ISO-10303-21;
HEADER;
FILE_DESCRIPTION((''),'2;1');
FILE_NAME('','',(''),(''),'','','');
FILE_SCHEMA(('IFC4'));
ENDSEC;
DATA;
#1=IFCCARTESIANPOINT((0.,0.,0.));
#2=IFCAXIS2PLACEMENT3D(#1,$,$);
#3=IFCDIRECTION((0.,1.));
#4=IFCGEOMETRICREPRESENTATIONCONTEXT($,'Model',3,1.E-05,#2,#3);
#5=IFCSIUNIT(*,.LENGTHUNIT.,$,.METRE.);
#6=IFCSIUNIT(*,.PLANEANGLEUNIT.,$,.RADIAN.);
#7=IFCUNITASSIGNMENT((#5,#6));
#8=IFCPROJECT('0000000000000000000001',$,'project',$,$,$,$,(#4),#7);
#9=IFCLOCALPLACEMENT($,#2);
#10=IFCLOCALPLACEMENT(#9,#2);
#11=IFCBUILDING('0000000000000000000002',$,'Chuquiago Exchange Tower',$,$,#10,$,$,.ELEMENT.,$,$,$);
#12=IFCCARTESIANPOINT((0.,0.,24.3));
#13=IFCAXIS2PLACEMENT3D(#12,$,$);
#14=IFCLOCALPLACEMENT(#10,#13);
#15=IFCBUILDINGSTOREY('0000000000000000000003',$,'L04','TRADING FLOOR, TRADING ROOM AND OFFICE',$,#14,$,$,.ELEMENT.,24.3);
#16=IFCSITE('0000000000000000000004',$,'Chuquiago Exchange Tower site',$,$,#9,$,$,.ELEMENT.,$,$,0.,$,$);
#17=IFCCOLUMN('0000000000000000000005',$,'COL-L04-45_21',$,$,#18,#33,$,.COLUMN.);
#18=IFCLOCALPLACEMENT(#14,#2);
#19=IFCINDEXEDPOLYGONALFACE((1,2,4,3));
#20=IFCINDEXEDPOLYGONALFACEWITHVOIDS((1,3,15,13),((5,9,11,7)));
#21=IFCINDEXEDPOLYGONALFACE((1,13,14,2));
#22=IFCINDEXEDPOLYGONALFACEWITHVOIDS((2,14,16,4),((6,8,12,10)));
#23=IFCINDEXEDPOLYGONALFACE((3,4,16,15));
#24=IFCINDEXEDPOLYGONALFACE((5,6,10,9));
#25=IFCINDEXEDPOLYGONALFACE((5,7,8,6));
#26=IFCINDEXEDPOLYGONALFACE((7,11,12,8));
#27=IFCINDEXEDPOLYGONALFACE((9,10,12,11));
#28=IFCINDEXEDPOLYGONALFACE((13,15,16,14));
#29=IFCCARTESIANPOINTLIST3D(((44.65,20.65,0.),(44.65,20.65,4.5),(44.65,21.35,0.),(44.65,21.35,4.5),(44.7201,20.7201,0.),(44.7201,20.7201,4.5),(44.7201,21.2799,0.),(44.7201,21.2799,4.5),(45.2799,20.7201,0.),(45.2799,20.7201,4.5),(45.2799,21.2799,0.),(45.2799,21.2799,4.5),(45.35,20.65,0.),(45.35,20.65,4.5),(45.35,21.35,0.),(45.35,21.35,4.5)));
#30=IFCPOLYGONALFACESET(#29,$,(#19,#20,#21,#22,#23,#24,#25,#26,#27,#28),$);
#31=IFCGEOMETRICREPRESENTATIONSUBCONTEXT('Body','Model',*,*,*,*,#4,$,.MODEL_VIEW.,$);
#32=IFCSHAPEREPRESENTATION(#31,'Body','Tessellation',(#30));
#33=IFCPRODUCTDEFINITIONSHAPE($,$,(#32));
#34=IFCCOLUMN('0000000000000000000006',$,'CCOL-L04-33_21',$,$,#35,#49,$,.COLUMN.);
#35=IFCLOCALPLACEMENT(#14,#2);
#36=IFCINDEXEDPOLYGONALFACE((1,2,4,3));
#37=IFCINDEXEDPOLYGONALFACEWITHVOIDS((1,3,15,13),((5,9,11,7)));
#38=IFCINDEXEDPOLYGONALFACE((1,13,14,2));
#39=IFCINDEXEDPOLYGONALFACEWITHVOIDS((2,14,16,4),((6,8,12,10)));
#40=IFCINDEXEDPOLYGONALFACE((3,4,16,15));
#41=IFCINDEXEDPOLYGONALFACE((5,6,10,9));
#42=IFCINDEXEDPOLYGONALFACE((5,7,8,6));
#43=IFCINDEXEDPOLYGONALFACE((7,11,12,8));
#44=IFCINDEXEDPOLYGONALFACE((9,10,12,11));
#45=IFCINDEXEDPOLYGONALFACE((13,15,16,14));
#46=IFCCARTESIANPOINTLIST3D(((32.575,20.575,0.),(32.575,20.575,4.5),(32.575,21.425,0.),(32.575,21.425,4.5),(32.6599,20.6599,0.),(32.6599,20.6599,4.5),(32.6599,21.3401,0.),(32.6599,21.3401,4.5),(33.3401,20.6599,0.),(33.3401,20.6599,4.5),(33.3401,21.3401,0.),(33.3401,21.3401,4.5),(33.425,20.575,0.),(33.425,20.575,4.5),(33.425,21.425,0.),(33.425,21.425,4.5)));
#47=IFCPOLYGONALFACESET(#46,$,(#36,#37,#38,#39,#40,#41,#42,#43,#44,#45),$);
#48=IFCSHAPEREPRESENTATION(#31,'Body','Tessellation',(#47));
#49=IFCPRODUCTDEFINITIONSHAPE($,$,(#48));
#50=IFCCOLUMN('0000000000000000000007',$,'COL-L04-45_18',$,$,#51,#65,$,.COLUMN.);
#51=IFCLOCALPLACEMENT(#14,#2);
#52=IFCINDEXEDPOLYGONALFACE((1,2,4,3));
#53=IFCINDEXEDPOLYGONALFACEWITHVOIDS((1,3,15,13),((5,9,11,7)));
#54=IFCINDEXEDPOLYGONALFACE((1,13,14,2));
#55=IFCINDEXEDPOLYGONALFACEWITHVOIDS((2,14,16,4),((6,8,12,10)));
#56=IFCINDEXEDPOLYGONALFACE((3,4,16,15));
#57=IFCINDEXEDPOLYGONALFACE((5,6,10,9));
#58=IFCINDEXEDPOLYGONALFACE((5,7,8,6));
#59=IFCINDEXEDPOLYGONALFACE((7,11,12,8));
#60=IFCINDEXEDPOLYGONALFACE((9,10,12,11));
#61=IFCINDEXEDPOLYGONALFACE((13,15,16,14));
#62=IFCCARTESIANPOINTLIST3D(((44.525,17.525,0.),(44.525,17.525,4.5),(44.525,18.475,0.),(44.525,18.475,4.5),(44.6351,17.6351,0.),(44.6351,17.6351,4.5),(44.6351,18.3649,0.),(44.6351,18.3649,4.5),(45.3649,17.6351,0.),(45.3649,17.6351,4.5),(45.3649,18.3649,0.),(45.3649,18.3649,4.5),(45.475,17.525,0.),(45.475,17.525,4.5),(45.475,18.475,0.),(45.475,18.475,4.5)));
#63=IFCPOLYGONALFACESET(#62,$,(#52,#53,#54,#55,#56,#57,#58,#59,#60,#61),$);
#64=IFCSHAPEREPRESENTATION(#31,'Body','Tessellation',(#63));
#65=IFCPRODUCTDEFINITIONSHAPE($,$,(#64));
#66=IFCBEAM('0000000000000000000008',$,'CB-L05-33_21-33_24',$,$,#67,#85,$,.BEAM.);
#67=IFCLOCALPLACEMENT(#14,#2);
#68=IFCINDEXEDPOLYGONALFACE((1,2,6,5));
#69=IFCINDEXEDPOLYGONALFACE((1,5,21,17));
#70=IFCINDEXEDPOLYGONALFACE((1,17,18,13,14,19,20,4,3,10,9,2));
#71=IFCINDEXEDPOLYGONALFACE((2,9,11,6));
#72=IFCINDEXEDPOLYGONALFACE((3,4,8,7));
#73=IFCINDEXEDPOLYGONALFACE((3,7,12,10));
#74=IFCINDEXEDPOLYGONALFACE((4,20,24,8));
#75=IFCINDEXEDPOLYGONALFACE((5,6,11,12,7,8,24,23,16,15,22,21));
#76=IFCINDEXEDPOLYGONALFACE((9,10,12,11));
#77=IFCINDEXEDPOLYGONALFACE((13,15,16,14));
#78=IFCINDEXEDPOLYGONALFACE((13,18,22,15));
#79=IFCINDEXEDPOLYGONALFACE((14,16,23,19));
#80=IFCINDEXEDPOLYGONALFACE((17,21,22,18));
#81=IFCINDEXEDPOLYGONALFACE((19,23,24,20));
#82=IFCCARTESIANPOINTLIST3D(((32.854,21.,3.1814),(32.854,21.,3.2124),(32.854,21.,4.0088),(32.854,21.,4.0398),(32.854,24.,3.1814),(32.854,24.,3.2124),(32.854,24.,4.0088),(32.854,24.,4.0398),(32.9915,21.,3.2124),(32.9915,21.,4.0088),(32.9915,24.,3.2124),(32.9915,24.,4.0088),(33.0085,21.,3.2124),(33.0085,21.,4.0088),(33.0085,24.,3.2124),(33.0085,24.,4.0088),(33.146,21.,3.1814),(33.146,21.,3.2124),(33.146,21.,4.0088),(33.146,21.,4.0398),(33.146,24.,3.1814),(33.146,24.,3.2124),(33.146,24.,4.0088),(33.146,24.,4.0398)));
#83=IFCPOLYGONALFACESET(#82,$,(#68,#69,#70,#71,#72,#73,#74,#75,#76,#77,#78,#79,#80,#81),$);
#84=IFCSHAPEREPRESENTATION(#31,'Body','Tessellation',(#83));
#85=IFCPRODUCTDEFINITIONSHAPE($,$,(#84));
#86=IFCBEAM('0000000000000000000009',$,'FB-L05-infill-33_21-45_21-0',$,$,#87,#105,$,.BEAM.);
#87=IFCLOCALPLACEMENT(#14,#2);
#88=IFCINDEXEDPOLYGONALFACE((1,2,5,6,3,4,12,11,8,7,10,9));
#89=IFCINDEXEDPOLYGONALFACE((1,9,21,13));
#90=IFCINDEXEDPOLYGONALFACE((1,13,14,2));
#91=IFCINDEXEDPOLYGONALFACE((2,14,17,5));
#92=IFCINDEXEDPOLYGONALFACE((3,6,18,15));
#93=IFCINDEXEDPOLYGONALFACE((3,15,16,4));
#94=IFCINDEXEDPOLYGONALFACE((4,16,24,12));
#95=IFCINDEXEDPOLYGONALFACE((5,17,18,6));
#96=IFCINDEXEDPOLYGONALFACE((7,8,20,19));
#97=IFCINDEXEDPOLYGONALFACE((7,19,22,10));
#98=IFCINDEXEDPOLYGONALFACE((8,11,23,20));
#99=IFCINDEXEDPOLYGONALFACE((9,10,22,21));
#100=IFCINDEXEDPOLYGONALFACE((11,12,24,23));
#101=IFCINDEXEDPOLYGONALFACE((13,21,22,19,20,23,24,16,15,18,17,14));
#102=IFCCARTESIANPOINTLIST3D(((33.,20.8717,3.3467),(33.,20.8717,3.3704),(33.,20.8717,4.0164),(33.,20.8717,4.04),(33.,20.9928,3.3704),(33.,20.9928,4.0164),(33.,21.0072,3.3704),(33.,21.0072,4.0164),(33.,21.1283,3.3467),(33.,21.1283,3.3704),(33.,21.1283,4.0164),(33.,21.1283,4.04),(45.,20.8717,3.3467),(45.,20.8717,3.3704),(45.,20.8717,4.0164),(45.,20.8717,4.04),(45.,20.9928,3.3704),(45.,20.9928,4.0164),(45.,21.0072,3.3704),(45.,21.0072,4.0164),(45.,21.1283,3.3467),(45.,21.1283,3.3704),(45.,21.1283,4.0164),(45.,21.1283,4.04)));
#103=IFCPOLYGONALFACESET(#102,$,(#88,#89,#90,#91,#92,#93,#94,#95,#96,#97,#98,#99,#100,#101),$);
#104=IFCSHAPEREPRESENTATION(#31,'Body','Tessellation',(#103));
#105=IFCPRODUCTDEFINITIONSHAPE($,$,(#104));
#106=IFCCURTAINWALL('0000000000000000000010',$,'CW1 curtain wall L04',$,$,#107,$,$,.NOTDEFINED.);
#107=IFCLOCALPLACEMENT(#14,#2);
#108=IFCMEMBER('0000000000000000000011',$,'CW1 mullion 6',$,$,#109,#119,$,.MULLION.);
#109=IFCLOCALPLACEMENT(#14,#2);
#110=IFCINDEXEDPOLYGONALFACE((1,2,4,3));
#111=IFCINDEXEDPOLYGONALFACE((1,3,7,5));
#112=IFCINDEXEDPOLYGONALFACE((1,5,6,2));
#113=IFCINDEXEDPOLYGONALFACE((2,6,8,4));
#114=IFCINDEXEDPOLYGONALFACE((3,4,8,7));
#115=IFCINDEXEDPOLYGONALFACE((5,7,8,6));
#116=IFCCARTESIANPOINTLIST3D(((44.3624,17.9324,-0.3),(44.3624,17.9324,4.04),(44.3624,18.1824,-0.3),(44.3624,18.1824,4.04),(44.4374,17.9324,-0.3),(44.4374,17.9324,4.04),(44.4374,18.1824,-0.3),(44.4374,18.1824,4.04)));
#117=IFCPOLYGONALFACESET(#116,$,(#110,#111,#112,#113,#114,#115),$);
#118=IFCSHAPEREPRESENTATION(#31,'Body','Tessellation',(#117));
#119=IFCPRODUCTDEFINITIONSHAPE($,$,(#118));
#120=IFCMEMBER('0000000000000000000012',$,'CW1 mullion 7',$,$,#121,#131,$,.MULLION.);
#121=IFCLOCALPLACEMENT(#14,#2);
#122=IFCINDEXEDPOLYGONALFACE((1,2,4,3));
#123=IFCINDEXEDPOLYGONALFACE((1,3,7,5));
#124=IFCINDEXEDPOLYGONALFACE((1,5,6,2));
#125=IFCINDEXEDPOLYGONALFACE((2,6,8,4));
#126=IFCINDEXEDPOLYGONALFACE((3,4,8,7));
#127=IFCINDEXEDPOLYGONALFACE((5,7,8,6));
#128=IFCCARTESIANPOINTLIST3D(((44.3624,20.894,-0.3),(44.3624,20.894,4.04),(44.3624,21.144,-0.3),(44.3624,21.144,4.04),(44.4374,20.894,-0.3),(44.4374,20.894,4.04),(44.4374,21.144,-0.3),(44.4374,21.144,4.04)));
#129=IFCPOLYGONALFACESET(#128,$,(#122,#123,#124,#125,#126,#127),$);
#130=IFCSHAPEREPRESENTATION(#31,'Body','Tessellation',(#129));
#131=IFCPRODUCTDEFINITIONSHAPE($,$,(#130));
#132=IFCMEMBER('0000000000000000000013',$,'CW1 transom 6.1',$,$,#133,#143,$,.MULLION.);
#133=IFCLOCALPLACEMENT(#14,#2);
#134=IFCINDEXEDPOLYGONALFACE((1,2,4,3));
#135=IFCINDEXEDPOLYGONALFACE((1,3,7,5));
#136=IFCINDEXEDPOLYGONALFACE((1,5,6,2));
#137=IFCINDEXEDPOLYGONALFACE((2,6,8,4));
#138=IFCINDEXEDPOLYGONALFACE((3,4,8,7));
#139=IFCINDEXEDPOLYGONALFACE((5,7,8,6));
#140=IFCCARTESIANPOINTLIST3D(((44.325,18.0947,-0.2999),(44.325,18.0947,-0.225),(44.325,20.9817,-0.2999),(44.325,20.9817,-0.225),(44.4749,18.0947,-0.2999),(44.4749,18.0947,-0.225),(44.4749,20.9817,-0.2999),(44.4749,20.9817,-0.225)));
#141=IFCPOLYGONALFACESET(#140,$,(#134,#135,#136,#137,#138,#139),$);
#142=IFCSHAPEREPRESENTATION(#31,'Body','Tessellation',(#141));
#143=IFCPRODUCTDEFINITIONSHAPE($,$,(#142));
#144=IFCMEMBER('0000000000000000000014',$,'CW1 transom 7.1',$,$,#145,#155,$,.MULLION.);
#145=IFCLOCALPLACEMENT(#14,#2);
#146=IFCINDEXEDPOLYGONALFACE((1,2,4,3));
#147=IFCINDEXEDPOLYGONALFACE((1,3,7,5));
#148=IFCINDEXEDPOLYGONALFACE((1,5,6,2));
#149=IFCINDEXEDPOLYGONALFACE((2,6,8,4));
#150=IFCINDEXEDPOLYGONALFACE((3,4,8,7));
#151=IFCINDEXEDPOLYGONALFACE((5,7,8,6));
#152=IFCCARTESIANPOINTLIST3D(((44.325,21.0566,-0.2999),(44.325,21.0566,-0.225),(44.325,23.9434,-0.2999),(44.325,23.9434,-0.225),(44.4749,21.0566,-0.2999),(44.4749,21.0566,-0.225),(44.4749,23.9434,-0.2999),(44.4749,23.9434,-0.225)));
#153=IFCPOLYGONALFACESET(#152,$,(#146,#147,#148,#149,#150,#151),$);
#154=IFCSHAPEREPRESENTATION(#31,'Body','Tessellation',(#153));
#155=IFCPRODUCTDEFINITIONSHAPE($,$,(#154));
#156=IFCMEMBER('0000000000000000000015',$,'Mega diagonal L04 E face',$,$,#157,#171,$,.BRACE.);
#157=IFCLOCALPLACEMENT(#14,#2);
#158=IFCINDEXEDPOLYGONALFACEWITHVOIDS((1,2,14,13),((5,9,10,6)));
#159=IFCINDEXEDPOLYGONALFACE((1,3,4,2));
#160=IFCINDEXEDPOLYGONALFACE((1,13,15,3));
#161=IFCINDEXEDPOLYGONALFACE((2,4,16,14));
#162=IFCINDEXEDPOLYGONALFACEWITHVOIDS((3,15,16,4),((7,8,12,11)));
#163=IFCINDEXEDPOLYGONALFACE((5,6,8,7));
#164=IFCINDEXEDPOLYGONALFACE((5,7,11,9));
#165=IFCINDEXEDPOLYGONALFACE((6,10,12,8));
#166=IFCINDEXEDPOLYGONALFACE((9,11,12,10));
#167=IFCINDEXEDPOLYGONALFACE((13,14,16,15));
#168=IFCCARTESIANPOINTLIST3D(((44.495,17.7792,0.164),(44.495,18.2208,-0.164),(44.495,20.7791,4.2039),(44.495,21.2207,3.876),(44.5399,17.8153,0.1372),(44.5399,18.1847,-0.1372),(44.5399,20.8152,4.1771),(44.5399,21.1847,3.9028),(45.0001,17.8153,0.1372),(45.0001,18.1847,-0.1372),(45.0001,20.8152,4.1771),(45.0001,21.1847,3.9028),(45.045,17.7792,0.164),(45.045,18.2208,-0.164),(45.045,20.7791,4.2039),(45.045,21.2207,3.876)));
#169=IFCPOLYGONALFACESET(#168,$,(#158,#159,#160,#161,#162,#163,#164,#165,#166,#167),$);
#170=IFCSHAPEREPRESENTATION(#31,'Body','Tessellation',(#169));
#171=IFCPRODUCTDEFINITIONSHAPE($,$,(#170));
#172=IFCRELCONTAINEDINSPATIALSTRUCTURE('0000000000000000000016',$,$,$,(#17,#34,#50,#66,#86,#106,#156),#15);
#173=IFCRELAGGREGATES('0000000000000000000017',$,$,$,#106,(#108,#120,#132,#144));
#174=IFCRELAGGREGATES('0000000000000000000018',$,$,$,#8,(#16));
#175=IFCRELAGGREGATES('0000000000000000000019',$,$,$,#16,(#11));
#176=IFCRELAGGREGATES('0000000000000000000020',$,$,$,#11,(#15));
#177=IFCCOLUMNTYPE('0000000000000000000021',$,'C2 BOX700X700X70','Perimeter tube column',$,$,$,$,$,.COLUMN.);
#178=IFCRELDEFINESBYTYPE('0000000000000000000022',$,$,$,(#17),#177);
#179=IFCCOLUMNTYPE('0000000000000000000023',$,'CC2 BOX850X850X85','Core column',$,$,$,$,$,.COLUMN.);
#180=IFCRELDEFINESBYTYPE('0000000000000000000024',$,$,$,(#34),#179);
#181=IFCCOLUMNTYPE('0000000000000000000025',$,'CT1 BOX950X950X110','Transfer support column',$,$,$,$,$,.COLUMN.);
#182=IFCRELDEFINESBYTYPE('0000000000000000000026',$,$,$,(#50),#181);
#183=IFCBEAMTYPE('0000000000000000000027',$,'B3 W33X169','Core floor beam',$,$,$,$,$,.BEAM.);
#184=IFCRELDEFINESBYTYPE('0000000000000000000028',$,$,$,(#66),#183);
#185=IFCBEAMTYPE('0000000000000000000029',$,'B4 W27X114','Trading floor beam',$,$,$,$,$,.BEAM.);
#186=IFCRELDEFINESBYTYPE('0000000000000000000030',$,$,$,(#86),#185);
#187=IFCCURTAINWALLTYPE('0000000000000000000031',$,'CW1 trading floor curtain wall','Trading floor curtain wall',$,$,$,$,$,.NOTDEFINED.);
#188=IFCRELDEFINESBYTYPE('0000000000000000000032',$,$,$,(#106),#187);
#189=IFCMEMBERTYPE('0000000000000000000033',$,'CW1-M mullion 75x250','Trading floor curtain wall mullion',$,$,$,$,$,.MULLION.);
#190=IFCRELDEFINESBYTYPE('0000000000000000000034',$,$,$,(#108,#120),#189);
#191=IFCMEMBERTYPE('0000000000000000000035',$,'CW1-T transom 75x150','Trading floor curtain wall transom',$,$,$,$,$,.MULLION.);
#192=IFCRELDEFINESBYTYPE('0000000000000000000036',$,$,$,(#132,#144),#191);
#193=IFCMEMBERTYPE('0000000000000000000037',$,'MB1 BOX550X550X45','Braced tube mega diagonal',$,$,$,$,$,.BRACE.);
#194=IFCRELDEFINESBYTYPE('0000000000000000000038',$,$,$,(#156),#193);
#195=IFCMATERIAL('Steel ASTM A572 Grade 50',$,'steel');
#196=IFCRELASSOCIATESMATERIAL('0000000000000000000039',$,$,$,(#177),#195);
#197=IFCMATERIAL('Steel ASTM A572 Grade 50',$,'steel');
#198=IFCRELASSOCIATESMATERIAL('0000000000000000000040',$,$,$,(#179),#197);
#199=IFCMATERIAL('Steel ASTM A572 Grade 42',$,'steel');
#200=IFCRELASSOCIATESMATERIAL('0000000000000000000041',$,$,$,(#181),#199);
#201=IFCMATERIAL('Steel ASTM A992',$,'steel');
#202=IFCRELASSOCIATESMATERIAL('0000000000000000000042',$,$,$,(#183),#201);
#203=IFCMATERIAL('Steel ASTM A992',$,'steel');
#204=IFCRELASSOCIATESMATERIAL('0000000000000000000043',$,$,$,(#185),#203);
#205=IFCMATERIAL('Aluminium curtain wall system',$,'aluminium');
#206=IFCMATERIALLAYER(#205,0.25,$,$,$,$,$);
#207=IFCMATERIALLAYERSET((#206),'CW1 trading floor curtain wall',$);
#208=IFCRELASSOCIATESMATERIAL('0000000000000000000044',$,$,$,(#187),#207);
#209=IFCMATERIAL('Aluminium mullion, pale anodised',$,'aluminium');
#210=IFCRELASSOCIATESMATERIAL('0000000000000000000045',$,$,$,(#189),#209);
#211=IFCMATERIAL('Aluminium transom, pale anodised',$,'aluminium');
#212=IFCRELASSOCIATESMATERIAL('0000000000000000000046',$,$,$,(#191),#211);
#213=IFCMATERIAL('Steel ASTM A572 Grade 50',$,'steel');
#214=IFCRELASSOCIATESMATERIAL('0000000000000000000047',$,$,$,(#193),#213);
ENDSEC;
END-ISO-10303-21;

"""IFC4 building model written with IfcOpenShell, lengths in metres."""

from ifc_helpers import new_model, si_unit, direction, frame, origin, origin_2d, place, context, subcontext, project, spatial, rectangle, hollow_rectangle, i_section, extrude, material, layer, layer_set, material_profile, profile_set, type_object, element, aggregate, save


model = new_model("IFC4")

# Units and contexts
model_context = context("Model", 3, precision=1e-05, world=origin(), true_north=direction((0.0, 1.0)))
body_context = subcontext(model_context, "Body", "Model", "MODEL_VIEW")
ifc_project = project(units=[si_unit("LENGTHUNIT", "METRE"), si_unit("PLANEANGLEUNIT", "RADIAN")], contexts=[model_context])

# Site, building, storey
site_placement = place(None, origin())
site = spatial("IfcSite", under=ifc_project, at=site_placement, Name="Chuquiago Exchange Tower site", CompositionType="ELEMENT", RefElevation=0.0)
building_placement = place(site_placement, origin())
building = spatial("IfcBuilding", under=site, at=building_placement, Name="Chuquiago Exchange Tower", CompositionType="ELEMENT")
storey_placement = place(building_placement, frame((0.0, 0.0, 24.3)))
storey = spatial("IfcBuildingStorey", under=building, at=storey_placement, Name="L04", Description="TRADING FLOOR, TRADING ROOM AND OFFICE", CompositionType="ELEMENT", Elevation=24.3)

# Columns
ifc_material_1 = material(Name="Steel ASTM A572 Grade 50", Category="steel")
ifc_material_profile_1 = material_profile(ifc_material_1, hollow_rectangle(XDim=0.7, YDim=0.7, WallThickness=0.0701, at=origin_2d()), Name="BOX700X700X70")
ifc_profile_set_1 = profile_set([ifc_material_profile_1], Name="Steel ASTM A572 Grade 50")
column_type_1 = type_object("IfcColumnType", Name="C2 BOX700X700X70", Description="Perimeter tube column", PredefinedType="COLUMN", material=ifc_profile_set_1)
column_1_placement = place(storey_placement, frame((45.0, 21.0, 0.0), z_axis=(0.0, 0.0, 1.0), x_axis=(1.0, 0.0, 0.0)))
element("IfcColumn", 1, at=column_1_placement, inside=storey, type_object=column_type_1, Name="COL-L04-45_21", PredefinedType="COLUMN", context=body_context, shape_type="SweptSolid", body=[
    extrude(hollow_rectangle(XDim=0.7, YDim=0.7, WallThickness=0.0701, at=origin_2d()), origin(), (0.0, 0.0, 1.0), 4.5),
])
ifc_material_2 = material(Name="Steel ASTM A572 Grade 50", Category="steel")
ifc_material_profile_2 = material_profile(ifc_material_2, hollow_rectangle(XDim=0.8501, YDim=0.8501, WallThickness=0.085, at=origin_2d()), Name="BOX850X850X85")
ifc_profile_set_2 = profile_set([ifc_material_profile_2], Name="Steel ASTM A572 Grade 50")
column_type_2 = type_object("IfcColumnType", Name="CC2 BOX850X850X85", Description="Core column", PredefinedType="COLUMN", material=ifc_profile_set_2)
column_2_placement = place(storey_placement, frame((33.0, 21.0, 0.0), z_axis=(0.0, 0.0, 1.0), x_axis=(1.0, 0.0, 0.0)))
element("IfcColumn", 2, at=column_2_placement, inside=storey, type_object=column_type_2, Name="CCOL-L04-33_21", PredefinedType="COLUMN", context=body_context, shape_type="SweptSolid", body=[
    extrude(hollow_rectangle(XDim=0.8501, YDim=0.8501, WallThickness=0.085, at=origin_2d()), origin(), (0.0, 0.0, 1.0), 4.5),
])
ifc_material_3 = material(Name="Steel ASTM A572 Grade 42", Category="steel")
ifc_material_profile_3 = material_profile(ifc_material_3, hollow_rectangle(XDim=0.95, YDim=0.95, WallThickness=0.1101, at=origin_2d()), Name="BOX950X950X110")
ifc_profile_set_3 = profile_set([ifc_material_profile_3], Name="Steel ASTM A572 Grade 42")
column_type_3 = type_object("IfcColumnType", Name="CT1 BOX950X950X110", Description="Transfer support column", PredefinedType="COLUMN", material=ifc_profile_set_3)
column_3_placement = place(storey_placement, frame((45.0, 18.0, 0.0), z_axis=(0.0, 0.0, 1.0), x_axis=(1.0, 0.0, 0.0)))
element("IfcColumn", 3, at=column_3_placement, inside=storey, type_object=column_type_3, Name="COL-L04-45_18", PredefinedType="COLUMN", context=body_context, shape_type="SweptSolid", body=[
    extrude(hollow_rectangle(XDim=0.95, YDim=0.95, WallThickness=0.1101, at=origin_2d()), origin(), (0.0, 0.0, 1.0), 4.5),
])

# Beams
ifc_material_4 = material(Name="Steel ASTM A992", Category="steel")
ifc_material_profile_4 = material_profile(ifc_material_4, i_section(OverallWidth=0.292, OverallDepth=0.8584, WebThickness=0.0171, FlangeThickness=0.031, at=origin_2d()), Name="W33X169")
ifc_profile_set_4 = profile_set([ifc_material_profile_4], Name="Steel ASTM A992")
beam_type_1 = type_object("IfcBeamType", Name="B3 W33X169", Description="Core floor beam", PredefinedType="BEAM", material=ifc_profile_set_4)
beam_1_placement = place(storey_placement, frame((33.0, 21.0, 3.6106), z_axis=(0.0, 1.0, 0.0), x_axis=(-1.0, 0.0, 0.0)))
element("IfcBeam", 4, at=beam_1_placement, inside=storey, type_object=beam_type_1, Name="CB-L05-33_21-33_24", PredefinedType="BEAM", context=body_context, shape_type="SweptSolid", body=[
    extrude(i_section(OverallWidth=0.292, OverallDepth=0.8584, WebThickness=0.0171, FlangeThickness=0.031, at=origin_2d()), origin(), (0.0, 0.0, 1.0), 3.0),
])
ifc_material_5 = material(Name="Steel ASTM A992", Category="steel")
ifc_material_profile_5 = material_profile(ifc_material_5, i_section(OverallWidth=0.2566, OverallDepth=0.6934, WebThickness=0.0144, FlangeThickness=0.0237, at=origin_2d()), Name="W27X114")
ifc_profile_set_5 = profile_set([ifc_material_profile_5], Name="Steel ASTM A992")
beam_type_2 = type_object("IfcBeamType", Name="B4 W27X114", Description="Trading floor beam", PredefinedType="BEAM", material=ifc_profile_set_5)
beam_2_placement = place(storey_placement, frame((33.0, 21.0, 3.6934), z_axis=(1.0, 0.0, 0.0), x_axis=(0.0, 1.0, 0.0)))
element("IfcBeam", 5, at=beam_2_placement, inside=storey, type_object=beam_type_2, Name="FB-L05-infill-33_21-45_21-0", PredefinedType="BEAM", context=body_context, shape_type="SweptSolid", body=[
    extrude(i_section(OverallWidth=0.2566, OverallDepth=0.6934, WebThickness=0.0144, FlangeThickness=0.0237, at=origin_2d()), origin(), (0.0, 0.0, 1.0), 12.0),
])

# Curtain wall, members
ifc_material_6 = material(Name="Aluminium curtain wall system", Category="aluminium")
ifc_layer_1 = layer(ifc_material_6, 0.25)
ifc_layer_set_1 = layer_set([ifc_layer_1], Name="CW1 trading floor curtain wall")
curtain_wall_type = type_object("IfcCurtainWallType", Name="CW1 trading floor curtain wall", Description="Trading floor curtain wall", PredefinedType="NOTDEFINED", material=ifc_layer_set_1)
curtain_wall_placement = place(storey_placement, origin())
curtain_wall = element("IfcCurtainWall", 6, at=curtain_wall_placement, inside=storey, type_object=curtain_wall_type, Name="CW1 curtain wall L04", PredefinedType="NOTDEFINED")
ifc_material_7 = material(Name="Aluminium mullion, pale anodised", Category="aluminium")
ifc_material_profile_6 = material_profile(ifc_material_7, rectangle(XDim=0.075, YDim=0.25, at=origin_2d()), Name="AL 75x250")
ifc_profile_set_6 = profile_set([ifc_material_profile_6], Name="Aluminium mullion, pale anodised")
member_type_1 = type_object("IfcMemberType", Name="CW1-M mullion 75x250", Description="Trading floor curtain wall mullion", PredefinedType="MULLION", material=ifc_profile_set_6)
member_1_placement = place(storey_placement, frame((44.3999, 18.0574, -0.3), z_axis=(0.0, 0.0, 1.0), x_axis=(-1.0, 0.0, 0.0)))
member_1 = element("IfcMember", 7, at=member_1_placement, type_object=member_type_1, Name="CW1 mullion 6", PredefinedType="MULLION", context=body_context, shape_type="SweptSolid", body=[
    extrude(rectangle(XDim=0.075, YDim=0.25, at=origin_2d()), origin(), (0.0, 0.0, 1.0), 4.3401),
])
member_2_placement = place(storey_placement, frame((44.3999, 21.019, -0.3), z_axis=(0.0, 0.0, 1.0), x_axis=(-1.0, 0.0, 0.0)))
member_2 = element("IfcMember", 8, at=member_2_placement, type_object=member_type_1, Name="CW1 mullion 7", PredefinedType="MULLION", context=body_context, shape_type="SweptSolid", body=[
    extrude(rectangle(XDim=0.075, YDim=0.25, at=origin_2d()), origin(), (0.0, 0.0, 1.0), 4.3401),
])
ifc_material_8 = material(Name="Aluminium transom, pale anodised", Category="aluminium")
ifc_material_profile_7 = material_profile(ifc_material_8, rectangle(XDim=0.1499, YDim=0.075, at=origin_2d()), Name="AL 150x75")
ifc_profile_set_7 = profile_set([ifc_material_profile_7], Name="Aluminium transom, pale anodised")
member_type_2 = type_object("IfcMemberType", Name="CW1-T transom 75x150", Description="Trading floor curtain wall transom", PredefinedType="MULLION", material=ifc_profile_set_7)
member_3_placement = place(storey_placement, frame((44.3999, 18.0947, -0.2625), z_axis=(0.0, 1.0, 0.0), x_axis=(-1.0, 0.0, 0.0)))
member_3 = element("IfcMember", 9, at=member_3_placement, type_object=member_type_2, Name="CW1 transom 6.1", PredefinedType="MULLION", context=body_context, shape_type="SweptSolid", body=[
    extrude(rectangle(XDim=0.1499, YDim=0.075, at=origin_2d()), origin(), (0.0, 0.0, 1.0), 2.887),
])
member_4_placement = place(storey_placement, frame((44.3999, 21.0566, -0.2625), z_axis=(0.0, 1.0, 0.0), x_axis=(-1.0, 0.0, 0.0)))
member_4 = element("IfcMember", 10, at=member_4_placement, type_object=member_type_2, Name="CW1 transom 7.1", PredefinedType="MULLION", context=body_context, shape_type="SweptSolid", body=[
    extrude(rectangle(XDim=0.1499, YDim=0.075, at=origin_2d()), origin(), (0.0, 0.0, 1.0), 2.8867),
])

# Member
ifc_material_9 = material(Name="Steel ASTM A572 Grade 50", Category="steel")
ifc_material_profile_8 = material_profile(ifc_material_9, hollow_rectangle(XDim=0.55, YDim=0.55, WallThickness=0.0449, at=origin_2d()), Name="BOX550X550X45")
ifc_profile_set_8 = profile_set([ifc_material_profile_8], Name="Steel ASTM A572 Grade 50")
member_type_3 = type_object("IfcMemberType", Name="MB1 BOX550X550X45", Description="Braced tube mega diagonal", PredefinedType="BRACE", material=ifc_profile_set_8)
member_5_placement = place(storey_placement, frame((44.77, 18.0, 0.0), z_axis=(0.0, 0.596174, 0.802855), x_axis=(-1.0, 0.0, 0.0)))
element("IfcMember", 11, at=member_5_placement, inside=storey, type_object=member_type_3, Name="Mega diagonal L04 E face", PredefinedType="BRACE", context=body_context, shape_type="SweptSolid", body=[
    extrude(hollow_rectangle(XDim=0.55, YDim=0.55, WallThickness=0.0449, at=origin_2d()), origin(), (0.0, 0.0, 1.0), 5.032),
])

aggregate(curtain_wall, [member_1, member_2, member_3, member_4])

save(model, "model.ifc")
